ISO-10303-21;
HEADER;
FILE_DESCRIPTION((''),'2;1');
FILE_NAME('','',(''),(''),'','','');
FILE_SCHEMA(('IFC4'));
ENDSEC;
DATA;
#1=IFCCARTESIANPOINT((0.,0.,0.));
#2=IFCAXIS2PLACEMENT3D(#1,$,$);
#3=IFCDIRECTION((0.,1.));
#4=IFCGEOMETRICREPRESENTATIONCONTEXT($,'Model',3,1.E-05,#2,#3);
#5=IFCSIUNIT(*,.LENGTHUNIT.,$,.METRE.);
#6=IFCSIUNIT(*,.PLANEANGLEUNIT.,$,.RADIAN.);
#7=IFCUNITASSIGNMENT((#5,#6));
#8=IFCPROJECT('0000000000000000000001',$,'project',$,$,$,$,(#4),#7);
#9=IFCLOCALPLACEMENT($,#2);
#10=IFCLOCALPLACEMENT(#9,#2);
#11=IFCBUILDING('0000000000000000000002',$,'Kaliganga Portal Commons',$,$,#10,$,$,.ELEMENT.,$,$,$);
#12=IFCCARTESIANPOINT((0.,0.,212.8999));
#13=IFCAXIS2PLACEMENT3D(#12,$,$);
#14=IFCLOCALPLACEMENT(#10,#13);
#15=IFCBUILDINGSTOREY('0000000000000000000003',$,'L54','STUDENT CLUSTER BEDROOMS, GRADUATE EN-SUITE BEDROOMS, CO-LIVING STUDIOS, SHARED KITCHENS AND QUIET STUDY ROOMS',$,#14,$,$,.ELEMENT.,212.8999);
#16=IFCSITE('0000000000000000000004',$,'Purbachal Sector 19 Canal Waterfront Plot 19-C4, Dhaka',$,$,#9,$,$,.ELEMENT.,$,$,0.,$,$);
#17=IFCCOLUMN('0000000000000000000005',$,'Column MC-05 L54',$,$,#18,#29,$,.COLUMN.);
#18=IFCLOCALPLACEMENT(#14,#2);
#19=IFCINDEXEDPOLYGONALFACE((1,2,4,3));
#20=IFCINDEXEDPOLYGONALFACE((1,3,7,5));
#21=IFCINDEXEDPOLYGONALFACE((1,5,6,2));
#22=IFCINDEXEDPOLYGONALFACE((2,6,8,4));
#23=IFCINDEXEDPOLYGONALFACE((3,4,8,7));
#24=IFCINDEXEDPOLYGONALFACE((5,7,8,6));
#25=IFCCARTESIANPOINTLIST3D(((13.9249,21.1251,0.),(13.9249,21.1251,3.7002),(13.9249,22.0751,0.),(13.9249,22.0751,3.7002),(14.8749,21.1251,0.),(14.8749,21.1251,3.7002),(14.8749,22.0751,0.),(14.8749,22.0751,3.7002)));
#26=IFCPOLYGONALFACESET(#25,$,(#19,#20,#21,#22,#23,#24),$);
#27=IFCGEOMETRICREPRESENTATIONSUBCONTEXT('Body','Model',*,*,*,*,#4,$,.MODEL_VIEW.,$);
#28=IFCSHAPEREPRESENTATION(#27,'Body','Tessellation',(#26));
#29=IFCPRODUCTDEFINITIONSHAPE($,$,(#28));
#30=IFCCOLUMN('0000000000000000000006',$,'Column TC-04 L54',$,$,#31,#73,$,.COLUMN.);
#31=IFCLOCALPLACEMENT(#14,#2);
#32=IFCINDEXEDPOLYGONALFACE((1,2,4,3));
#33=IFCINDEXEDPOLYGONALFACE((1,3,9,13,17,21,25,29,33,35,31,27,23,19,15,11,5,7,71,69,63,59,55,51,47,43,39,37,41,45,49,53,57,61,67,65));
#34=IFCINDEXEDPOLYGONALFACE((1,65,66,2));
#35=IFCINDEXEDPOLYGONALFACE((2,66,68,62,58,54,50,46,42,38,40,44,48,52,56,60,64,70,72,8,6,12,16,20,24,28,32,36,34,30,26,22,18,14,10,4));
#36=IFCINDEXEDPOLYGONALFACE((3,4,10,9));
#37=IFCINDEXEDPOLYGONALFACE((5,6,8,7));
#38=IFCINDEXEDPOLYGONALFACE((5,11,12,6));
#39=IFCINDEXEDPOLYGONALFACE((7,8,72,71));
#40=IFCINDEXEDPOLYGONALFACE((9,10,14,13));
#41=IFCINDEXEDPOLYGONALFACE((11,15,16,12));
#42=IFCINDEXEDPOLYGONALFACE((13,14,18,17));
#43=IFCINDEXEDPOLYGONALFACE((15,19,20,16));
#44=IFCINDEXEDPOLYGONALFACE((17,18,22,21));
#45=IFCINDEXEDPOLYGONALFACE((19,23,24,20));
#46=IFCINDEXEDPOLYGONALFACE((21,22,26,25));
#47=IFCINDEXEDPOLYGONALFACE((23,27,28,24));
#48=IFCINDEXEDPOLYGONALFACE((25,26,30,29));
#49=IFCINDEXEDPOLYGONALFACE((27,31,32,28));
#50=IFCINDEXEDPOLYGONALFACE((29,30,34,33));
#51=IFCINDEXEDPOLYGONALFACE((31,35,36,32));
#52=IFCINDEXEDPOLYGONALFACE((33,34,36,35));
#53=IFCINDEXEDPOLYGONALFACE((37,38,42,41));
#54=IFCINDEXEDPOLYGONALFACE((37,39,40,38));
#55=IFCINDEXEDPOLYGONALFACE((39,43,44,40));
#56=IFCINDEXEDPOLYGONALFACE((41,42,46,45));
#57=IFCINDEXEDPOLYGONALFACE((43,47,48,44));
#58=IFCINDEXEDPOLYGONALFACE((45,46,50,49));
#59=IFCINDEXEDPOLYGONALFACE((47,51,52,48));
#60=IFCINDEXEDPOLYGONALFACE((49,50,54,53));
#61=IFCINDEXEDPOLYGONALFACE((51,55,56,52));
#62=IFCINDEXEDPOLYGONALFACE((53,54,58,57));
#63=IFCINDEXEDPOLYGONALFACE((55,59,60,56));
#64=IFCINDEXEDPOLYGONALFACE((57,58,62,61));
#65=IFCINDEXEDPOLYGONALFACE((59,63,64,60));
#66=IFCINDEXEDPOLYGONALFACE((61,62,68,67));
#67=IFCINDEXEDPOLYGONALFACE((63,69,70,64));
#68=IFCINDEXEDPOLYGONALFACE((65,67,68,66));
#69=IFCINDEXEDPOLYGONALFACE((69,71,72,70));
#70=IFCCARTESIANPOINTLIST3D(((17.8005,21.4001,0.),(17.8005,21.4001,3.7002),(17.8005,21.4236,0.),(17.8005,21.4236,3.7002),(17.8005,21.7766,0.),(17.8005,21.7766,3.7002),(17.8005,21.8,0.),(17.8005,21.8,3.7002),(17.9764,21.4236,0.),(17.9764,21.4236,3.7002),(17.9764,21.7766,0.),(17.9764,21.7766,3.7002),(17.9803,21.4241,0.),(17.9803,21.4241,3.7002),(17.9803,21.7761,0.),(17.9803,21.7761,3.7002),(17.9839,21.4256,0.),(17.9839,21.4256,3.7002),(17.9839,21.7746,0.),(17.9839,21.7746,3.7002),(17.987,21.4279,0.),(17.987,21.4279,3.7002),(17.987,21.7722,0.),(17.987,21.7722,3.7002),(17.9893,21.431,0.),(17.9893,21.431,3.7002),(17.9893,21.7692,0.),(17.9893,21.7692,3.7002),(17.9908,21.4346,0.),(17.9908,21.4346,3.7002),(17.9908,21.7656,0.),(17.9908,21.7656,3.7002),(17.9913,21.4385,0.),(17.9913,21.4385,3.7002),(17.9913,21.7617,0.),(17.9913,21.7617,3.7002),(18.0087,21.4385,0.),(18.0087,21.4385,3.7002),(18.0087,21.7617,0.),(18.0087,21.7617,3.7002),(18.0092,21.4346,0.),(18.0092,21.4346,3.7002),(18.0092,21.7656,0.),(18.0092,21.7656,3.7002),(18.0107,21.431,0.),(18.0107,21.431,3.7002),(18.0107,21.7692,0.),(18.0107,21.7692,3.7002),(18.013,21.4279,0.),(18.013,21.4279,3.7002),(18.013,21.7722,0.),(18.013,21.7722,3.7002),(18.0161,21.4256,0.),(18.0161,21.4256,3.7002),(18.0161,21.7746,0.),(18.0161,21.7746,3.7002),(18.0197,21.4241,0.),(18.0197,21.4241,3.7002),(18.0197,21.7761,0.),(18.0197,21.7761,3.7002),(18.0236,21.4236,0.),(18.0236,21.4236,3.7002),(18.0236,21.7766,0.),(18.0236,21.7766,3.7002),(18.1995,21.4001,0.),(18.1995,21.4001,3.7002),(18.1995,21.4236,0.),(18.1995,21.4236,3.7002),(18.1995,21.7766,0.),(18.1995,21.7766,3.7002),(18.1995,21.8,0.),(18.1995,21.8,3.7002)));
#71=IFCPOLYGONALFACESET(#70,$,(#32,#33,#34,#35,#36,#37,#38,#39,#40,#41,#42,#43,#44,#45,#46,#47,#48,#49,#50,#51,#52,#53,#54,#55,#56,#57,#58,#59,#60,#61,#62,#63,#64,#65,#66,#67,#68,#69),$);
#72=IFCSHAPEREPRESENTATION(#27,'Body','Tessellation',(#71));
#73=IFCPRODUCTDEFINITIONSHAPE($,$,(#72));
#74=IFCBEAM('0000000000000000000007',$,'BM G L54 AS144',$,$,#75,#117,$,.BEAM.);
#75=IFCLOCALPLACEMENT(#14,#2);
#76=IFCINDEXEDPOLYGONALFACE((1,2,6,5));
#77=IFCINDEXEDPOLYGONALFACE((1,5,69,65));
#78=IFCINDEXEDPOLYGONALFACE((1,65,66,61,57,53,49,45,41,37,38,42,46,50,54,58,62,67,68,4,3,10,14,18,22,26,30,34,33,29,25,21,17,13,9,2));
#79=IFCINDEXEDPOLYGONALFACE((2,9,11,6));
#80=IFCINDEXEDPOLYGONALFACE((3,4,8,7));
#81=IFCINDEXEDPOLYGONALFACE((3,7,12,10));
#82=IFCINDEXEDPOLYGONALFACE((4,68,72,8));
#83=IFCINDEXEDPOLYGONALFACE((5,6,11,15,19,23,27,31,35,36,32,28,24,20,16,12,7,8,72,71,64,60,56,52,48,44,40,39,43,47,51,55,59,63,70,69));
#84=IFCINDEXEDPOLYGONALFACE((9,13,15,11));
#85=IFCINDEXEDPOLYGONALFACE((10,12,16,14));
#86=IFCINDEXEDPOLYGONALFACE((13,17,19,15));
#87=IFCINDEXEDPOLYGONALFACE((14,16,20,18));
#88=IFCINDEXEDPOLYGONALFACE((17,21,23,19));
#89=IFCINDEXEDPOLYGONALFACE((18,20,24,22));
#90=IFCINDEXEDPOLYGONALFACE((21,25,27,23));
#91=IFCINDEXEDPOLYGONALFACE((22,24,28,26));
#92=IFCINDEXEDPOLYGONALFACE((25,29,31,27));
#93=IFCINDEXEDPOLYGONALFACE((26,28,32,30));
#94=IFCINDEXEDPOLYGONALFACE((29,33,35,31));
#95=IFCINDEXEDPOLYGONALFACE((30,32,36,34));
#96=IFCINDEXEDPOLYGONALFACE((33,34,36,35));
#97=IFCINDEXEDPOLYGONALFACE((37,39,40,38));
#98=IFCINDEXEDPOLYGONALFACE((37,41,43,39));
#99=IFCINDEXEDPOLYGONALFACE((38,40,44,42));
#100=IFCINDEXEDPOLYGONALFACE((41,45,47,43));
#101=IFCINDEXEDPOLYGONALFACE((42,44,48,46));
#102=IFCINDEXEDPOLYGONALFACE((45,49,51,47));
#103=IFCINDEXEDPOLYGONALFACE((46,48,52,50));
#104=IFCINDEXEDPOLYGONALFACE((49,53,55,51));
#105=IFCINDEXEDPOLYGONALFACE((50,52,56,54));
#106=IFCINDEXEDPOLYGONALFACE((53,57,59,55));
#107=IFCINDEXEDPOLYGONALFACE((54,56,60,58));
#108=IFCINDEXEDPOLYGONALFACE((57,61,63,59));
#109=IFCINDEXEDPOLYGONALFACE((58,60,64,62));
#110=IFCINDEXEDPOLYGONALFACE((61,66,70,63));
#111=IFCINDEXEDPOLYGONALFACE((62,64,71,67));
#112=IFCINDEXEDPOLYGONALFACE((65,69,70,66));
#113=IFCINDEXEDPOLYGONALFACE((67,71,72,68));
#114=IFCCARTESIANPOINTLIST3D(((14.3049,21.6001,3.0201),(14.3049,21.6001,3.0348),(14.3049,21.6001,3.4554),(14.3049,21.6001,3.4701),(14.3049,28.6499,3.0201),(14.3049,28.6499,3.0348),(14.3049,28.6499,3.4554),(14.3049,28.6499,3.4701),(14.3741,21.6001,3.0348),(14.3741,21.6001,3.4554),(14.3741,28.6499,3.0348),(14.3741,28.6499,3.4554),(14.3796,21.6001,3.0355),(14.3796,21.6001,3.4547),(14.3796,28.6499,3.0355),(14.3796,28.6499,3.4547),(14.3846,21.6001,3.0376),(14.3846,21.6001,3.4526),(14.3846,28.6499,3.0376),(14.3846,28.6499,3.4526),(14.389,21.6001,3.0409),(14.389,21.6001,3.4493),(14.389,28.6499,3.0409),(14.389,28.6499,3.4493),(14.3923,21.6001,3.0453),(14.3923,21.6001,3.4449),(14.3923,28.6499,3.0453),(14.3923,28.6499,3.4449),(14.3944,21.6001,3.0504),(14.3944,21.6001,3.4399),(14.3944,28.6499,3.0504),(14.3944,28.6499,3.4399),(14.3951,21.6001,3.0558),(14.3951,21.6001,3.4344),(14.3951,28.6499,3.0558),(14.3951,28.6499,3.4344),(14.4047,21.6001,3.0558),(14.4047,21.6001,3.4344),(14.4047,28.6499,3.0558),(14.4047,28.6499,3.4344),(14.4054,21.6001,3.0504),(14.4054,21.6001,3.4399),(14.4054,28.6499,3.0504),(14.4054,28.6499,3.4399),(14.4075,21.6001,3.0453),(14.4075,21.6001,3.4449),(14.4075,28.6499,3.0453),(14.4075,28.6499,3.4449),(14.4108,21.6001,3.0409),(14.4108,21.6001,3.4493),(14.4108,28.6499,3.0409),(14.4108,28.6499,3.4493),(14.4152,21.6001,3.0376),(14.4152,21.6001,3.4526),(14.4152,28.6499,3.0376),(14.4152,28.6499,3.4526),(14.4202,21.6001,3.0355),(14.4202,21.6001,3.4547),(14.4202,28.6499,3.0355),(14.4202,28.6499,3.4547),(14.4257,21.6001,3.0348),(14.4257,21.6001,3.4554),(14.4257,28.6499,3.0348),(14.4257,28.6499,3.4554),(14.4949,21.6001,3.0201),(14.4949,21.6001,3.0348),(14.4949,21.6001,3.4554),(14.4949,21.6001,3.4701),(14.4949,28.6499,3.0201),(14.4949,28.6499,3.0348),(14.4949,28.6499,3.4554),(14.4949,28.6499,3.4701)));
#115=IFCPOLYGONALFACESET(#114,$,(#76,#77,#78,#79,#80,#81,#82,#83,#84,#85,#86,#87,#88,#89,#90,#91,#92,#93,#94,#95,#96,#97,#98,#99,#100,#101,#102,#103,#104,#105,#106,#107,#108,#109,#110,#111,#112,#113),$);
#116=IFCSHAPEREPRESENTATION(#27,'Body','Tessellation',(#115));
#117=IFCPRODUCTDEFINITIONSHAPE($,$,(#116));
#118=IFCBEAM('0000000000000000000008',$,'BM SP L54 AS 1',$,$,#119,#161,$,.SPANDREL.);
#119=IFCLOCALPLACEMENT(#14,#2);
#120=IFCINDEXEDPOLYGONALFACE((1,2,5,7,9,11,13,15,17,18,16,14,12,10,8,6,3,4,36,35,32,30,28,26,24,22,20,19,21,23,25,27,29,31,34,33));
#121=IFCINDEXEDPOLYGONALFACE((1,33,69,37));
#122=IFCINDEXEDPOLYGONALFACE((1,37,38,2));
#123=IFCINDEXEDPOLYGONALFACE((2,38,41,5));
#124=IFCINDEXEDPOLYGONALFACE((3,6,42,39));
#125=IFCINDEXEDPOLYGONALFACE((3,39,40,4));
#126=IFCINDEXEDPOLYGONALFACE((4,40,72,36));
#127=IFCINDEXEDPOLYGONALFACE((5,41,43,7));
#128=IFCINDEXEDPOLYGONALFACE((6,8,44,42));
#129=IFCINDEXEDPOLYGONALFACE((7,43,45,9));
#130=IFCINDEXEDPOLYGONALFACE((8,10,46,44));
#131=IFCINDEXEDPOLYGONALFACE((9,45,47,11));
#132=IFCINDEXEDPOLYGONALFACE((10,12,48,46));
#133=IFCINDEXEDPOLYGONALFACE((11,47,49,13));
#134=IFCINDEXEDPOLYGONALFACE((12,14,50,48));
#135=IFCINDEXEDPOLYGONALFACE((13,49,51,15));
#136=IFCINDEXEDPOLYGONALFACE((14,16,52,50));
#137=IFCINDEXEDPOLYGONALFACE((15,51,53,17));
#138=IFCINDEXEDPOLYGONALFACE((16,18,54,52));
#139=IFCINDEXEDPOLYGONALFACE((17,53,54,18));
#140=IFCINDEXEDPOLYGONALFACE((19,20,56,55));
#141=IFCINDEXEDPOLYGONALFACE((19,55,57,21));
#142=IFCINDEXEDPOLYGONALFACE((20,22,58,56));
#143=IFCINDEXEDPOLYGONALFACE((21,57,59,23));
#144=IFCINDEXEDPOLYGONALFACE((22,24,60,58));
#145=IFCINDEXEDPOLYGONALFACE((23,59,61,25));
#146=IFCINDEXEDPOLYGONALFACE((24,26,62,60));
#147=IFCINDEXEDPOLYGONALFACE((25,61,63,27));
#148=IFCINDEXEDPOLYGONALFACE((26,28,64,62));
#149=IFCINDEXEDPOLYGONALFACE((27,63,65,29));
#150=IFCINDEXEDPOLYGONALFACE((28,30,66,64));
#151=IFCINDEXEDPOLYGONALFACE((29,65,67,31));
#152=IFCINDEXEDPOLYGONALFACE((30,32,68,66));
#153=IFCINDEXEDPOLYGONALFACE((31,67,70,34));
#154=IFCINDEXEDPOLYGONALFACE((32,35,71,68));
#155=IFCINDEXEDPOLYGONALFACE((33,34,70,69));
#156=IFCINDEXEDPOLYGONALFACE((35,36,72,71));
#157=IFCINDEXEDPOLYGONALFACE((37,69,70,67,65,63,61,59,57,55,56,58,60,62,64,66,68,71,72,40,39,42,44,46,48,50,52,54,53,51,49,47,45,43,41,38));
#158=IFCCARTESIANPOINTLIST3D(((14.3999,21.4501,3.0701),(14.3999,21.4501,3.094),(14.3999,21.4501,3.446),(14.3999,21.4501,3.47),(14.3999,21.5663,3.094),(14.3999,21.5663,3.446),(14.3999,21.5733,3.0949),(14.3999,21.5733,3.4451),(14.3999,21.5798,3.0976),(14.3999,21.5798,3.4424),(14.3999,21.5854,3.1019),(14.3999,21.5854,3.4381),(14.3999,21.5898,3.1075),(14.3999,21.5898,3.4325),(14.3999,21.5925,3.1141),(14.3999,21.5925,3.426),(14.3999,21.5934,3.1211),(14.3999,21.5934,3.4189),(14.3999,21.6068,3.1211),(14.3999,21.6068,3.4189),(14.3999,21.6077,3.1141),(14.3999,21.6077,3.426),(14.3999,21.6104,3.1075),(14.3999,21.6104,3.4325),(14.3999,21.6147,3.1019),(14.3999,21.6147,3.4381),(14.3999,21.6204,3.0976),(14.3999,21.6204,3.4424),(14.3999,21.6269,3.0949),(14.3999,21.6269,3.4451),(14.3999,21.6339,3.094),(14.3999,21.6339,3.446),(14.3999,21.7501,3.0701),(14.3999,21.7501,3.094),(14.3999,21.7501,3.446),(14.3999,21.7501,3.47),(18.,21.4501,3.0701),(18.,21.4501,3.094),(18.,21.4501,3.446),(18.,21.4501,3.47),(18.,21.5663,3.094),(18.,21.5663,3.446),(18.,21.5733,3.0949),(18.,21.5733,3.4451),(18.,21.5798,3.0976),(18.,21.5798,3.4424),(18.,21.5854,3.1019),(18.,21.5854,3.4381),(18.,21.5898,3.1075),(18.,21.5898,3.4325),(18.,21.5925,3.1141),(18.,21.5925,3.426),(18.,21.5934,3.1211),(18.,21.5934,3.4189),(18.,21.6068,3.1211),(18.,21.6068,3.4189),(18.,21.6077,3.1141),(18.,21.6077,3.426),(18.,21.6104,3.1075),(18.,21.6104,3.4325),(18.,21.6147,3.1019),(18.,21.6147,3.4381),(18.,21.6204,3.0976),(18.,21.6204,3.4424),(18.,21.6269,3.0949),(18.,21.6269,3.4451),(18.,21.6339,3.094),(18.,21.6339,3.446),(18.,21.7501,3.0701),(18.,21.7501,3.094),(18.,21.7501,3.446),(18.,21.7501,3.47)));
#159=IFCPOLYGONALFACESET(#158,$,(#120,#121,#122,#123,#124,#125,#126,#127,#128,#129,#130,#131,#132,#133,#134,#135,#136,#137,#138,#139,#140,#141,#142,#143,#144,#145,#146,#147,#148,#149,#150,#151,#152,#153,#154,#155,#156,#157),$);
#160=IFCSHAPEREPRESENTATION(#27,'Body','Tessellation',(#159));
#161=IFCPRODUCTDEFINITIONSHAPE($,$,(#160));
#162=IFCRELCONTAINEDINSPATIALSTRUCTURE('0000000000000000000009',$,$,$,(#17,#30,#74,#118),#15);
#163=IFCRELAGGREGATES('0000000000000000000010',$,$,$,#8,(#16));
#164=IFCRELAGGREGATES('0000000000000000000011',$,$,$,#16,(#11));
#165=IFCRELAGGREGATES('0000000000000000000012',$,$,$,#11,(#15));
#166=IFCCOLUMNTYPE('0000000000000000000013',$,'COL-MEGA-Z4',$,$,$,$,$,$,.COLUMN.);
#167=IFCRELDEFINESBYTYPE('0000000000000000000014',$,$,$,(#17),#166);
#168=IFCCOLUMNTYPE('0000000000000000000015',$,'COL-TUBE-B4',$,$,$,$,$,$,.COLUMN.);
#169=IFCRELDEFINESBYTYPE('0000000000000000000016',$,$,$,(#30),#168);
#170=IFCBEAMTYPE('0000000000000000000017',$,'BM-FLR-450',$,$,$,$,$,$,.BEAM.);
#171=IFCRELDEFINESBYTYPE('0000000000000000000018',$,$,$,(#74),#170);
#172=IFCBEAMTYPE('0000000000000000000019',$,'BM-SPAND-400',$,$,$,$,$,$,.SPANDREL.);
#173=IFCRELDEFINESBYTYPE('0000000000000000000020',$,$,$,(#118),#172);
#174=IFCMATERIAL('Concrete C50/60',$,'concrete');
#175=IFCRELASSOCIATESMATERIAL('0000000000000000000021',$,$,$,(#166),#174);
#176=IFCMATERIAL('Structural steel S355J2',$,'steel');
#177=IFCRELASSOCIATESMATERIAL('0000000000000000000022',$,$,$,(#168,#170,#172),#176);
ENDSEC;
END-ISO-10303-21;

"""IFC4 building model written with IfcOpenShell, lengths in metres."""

from ifc_helpers import new_model, si_unit, direction, frame, origin, origin_2d, place, context, subcontext, project, spatial, rectangle, i_section, extrude, source, transform, mapped, material, material_profile, profile_set, type_object, element, save


model = new_model("IFC4")

# Units and contexts
model_context = context("Model", 3, precision=1e-05, world=origin(), true_north=direction((0.0, 1.0)))
body_context = subcontext(model_context, "Body", "Model", "MODEL_VIEW")
ifc_project = project(units=[si_unit("LENGTHUNIT", "METRE"), si_unit("PLANEANGLEUNIT", "RADIAN")], contexts=[model_context])

# Site, building, storey
site_placement = place(None, origin())
site = spatial("IfcSite", under=ifc_project, at=site_placement, Name="Purbachal Sector 19 Canal Waterfront Plot 19-C4, Dhaka", CompositionType="ELEMENT", RefElevation=0.0)
building_placement = place(site_placement, origin())
building = spatial("IfcBuilding", under=site, at=building_placement, Name="Kaliganga Portal Commons", CompositionType="ELEMENT")
storey_placement = place(building_placement, frame((0.0, 0.0, 212.8999)))
storey = spatial("IfcBuildingStorey", under=building, at=storey_placement, Name="L54", Description="STUDENT CLUSTER BEDROOMS, GRADUATE EN-SUITE BEDROOMS, CO-LIVING STUDIOS, SHARED KITCHENS AND QUIET STUDY ROOMS", CompositionType="ELEMENT", Elevation=212.8999)

# Columns
ifc_material_1 = material(Name="Concrete C50/60", Category="concrete")
ifc_material_profile_1 = material_profile(ifc_material_1, rectangle(XDim=0.95, YDim=0.95, at=origin_2d()), Name="RC 950x950")
ifc_profile_set_1 = profile_set([ifc_material_profile_1], Name="Concrete C50/60")
column_type_1 = type_object("IfcColumnType", Name="COL-MEGA-Z4", PredefinedType="COLUMN", material=ifc_profile_set_1)
shared_shape_1 = source(origin(), body_context, "Body", "SweptSolid", [
    extrude(rectangle(XDim=0.95, YDim=0.95, at=origin_2d()), origin(), (0.0, 0.0, 1.0), 3.7002),
])
column_1_placement = place(storey_placement, frame((14.3999, 21.6001, 0.0), z_axis=(0.0, 0.0, 1.0), x_axis=(1.0, 0.0, 0.0)))
element("IfcColumn", 1, at=column_1_placement, inside=storey, type_object=column_type_1, Name="Column MC-05 L54", PredefinedType="COLUMN", context=body_context, shape_type="MappedRepresentation", body=[
    mapped(shared_shape_1, transform((0.0, 0.0, 0.0), x_axis=(1.0, 0.0, 0.0), y_axis=(0.0, 1.0, 0.0), z_axis=(0.0, 0.0, 1.0), scale=1.0)),
])
ifc_material_2 = material(Name="Structural steel S355J2", Category="steel")
ifc_material_profile_2 = material_profile(ifc_material_2, i_section(OverallWidth=0.3989, OverallDepth=0.3999, WebThickness=0.0173, FlangeThickness=0.0234, FilletRadius=0.0149, at=origin_2d()), Name="HD 400x287")
ifc_profile_set_2 = profile_set([ifc_material_profile_2], Name="Structural steel S355J2 wide-flange")
column_type_2 = type_object("IfcColumnType", Name="COL-TUBE-B4", PredefinedType="COLUMN", material=ifc_profile_set_2)
shared_shape_2 = source(origin(), body_context, "Body", "SweptSolid", [
    extrude(i_section(OverallWidth=0.3989, OverallDepth=0.3999, WebThickness=0.0173, FlangeThickness=0.0234, FilletRadius=0.0149, at=origin_2d()), origin(), (0.0, 0.0, 1.0), 3.7002),
])
column_2_placement = place(storey_placement, frame((18.0, 21.6001, 0.0), z_axis=(0.0, 0.0, 1.0), x_axis=(1.0, 0.0, 0.0)))
element("IfcColumn", 2, at=column_2_placement, inside=storey, type_object=column_type_2, Name="Column TC-04 L54", PredefinedType="COLUMN", context=body_context, shape_type="MappedRepresentation", body=[
    mapped(shared_shape_2, transform((0.0, 0.0, 0.0), x_axis=(1.0, 0.0, 0.0), y_axis=(0.0, 1.0, 0.0), z_axis=(0.0, 0.0, 1.0), scale=1.0)),
])

# Beams
ifc_material_profile_3 = material_profile(ifc_material_2, i_section(OverallWidth=0.1899, OverallDepth=0.45, WebThickness=0.0095, FlangeThickness=0.0146, FilletRadius=0.021, at=origin_2d()), Name="IPE 450")
ifc_profile_set_3 = profile_set([ifc_material_profile_3], Name="Structural steel S355J2 wide-flange")
beam_type_1 = type_object("IfcBeamType", Name="BM-FLR-450", PredefinedType="BEAM", material=ifc_profile_set_3)
shared_shape_3 = source(origin(), body_context, "Body", "SweptSolid", [
    extrude(i_section(OverallWidth=0.1899, OverallDepth=0.45, WebThickness=0.0095, FlangeThickness=0.0146, FilletRadius=0.021, at=origin_2d()), origin(), (0.0, 0.0, 1.0), 7.0498),
])
beam_1_placement = place(storey_placement, frame((14.3999, 21.6001, 3.2451), z_axis=(0.0, 1.0, 0.0), x_axis=(-1.0, 0.0, 0.0)))
element("IfcBeam", 3, at=beam_1_placement, inside=storey, type_object=beam_type_1, Name="BM G L54 AS144", PredefinedType="BEAM", context=body_context, shape_type="MappedRepresentation", body=[
    mapped(shared_shape_3, transform((0.0, 0.0, 0.0), x_axis=(1.0, 0.0, 0.0), y_axis=(0.0, 1.0, 0.0), z_axis=(0.0, 0.0, 1.0), scale=1.0)),
])
ifc_material_profile_4 = material_profile(ifc_material_2, i_section(OverallWidth=0.3, OverallDepth=0.3999, WebThickness=0.0134, FlangeThickness=0.0239, FilletRadius=0.0271, at=origin_2d()), Name="HE 400 B")
ifc_profile_set_4 = profile_set([ifc_material_profile_4], Name="Structural steel S355J2 wide-flange")
beam_type_2 = type_object("IfcBeamType", Name="BM-SPAND-400", PredefinedType="SPANDREL", material=ifc_profile_set_4)
shared_shape_4 = source(origin(), body_context, "Body", "SweptSolid", [
    extrude(i_section(OverallWidth=0.3, OverallDepth=0.3999, WebThickness=0.0134, FlangeThickness=0.0239, FilletRadius=0.0271, at=origin_2d()), origin(), (0.0, 0.0, 1.0), 3.6001),
])
for number, where, z_axis, x_axis, name in (
    (4, (14.3999, 21.6001, 3.27), (1.0, 0.0, 0.0), (0.0, 1.0, 0.0), "BM SP L54 AS 1"),
):
    element("IfcBeam", number, at=place(storey_placement, frame(where, z_axis=z_axis, x_axis=x_axis)), inside=storey, type_object=beam_type_2, Name=name, PredefinedType="SPANDREL", context=body_context, shape_type="MappedRepresentation", body=[
        mapped(shared_shape_4, transform((0.0, 0.0, 0.0), x_axis=(1.0, 0.0, 0.0), y_axis=(0.0, 1.0, 0.0), z_axis=(0.0, 0.0, 1.0), scale=1.0)),
    ])

save(model, "model.ifc")
